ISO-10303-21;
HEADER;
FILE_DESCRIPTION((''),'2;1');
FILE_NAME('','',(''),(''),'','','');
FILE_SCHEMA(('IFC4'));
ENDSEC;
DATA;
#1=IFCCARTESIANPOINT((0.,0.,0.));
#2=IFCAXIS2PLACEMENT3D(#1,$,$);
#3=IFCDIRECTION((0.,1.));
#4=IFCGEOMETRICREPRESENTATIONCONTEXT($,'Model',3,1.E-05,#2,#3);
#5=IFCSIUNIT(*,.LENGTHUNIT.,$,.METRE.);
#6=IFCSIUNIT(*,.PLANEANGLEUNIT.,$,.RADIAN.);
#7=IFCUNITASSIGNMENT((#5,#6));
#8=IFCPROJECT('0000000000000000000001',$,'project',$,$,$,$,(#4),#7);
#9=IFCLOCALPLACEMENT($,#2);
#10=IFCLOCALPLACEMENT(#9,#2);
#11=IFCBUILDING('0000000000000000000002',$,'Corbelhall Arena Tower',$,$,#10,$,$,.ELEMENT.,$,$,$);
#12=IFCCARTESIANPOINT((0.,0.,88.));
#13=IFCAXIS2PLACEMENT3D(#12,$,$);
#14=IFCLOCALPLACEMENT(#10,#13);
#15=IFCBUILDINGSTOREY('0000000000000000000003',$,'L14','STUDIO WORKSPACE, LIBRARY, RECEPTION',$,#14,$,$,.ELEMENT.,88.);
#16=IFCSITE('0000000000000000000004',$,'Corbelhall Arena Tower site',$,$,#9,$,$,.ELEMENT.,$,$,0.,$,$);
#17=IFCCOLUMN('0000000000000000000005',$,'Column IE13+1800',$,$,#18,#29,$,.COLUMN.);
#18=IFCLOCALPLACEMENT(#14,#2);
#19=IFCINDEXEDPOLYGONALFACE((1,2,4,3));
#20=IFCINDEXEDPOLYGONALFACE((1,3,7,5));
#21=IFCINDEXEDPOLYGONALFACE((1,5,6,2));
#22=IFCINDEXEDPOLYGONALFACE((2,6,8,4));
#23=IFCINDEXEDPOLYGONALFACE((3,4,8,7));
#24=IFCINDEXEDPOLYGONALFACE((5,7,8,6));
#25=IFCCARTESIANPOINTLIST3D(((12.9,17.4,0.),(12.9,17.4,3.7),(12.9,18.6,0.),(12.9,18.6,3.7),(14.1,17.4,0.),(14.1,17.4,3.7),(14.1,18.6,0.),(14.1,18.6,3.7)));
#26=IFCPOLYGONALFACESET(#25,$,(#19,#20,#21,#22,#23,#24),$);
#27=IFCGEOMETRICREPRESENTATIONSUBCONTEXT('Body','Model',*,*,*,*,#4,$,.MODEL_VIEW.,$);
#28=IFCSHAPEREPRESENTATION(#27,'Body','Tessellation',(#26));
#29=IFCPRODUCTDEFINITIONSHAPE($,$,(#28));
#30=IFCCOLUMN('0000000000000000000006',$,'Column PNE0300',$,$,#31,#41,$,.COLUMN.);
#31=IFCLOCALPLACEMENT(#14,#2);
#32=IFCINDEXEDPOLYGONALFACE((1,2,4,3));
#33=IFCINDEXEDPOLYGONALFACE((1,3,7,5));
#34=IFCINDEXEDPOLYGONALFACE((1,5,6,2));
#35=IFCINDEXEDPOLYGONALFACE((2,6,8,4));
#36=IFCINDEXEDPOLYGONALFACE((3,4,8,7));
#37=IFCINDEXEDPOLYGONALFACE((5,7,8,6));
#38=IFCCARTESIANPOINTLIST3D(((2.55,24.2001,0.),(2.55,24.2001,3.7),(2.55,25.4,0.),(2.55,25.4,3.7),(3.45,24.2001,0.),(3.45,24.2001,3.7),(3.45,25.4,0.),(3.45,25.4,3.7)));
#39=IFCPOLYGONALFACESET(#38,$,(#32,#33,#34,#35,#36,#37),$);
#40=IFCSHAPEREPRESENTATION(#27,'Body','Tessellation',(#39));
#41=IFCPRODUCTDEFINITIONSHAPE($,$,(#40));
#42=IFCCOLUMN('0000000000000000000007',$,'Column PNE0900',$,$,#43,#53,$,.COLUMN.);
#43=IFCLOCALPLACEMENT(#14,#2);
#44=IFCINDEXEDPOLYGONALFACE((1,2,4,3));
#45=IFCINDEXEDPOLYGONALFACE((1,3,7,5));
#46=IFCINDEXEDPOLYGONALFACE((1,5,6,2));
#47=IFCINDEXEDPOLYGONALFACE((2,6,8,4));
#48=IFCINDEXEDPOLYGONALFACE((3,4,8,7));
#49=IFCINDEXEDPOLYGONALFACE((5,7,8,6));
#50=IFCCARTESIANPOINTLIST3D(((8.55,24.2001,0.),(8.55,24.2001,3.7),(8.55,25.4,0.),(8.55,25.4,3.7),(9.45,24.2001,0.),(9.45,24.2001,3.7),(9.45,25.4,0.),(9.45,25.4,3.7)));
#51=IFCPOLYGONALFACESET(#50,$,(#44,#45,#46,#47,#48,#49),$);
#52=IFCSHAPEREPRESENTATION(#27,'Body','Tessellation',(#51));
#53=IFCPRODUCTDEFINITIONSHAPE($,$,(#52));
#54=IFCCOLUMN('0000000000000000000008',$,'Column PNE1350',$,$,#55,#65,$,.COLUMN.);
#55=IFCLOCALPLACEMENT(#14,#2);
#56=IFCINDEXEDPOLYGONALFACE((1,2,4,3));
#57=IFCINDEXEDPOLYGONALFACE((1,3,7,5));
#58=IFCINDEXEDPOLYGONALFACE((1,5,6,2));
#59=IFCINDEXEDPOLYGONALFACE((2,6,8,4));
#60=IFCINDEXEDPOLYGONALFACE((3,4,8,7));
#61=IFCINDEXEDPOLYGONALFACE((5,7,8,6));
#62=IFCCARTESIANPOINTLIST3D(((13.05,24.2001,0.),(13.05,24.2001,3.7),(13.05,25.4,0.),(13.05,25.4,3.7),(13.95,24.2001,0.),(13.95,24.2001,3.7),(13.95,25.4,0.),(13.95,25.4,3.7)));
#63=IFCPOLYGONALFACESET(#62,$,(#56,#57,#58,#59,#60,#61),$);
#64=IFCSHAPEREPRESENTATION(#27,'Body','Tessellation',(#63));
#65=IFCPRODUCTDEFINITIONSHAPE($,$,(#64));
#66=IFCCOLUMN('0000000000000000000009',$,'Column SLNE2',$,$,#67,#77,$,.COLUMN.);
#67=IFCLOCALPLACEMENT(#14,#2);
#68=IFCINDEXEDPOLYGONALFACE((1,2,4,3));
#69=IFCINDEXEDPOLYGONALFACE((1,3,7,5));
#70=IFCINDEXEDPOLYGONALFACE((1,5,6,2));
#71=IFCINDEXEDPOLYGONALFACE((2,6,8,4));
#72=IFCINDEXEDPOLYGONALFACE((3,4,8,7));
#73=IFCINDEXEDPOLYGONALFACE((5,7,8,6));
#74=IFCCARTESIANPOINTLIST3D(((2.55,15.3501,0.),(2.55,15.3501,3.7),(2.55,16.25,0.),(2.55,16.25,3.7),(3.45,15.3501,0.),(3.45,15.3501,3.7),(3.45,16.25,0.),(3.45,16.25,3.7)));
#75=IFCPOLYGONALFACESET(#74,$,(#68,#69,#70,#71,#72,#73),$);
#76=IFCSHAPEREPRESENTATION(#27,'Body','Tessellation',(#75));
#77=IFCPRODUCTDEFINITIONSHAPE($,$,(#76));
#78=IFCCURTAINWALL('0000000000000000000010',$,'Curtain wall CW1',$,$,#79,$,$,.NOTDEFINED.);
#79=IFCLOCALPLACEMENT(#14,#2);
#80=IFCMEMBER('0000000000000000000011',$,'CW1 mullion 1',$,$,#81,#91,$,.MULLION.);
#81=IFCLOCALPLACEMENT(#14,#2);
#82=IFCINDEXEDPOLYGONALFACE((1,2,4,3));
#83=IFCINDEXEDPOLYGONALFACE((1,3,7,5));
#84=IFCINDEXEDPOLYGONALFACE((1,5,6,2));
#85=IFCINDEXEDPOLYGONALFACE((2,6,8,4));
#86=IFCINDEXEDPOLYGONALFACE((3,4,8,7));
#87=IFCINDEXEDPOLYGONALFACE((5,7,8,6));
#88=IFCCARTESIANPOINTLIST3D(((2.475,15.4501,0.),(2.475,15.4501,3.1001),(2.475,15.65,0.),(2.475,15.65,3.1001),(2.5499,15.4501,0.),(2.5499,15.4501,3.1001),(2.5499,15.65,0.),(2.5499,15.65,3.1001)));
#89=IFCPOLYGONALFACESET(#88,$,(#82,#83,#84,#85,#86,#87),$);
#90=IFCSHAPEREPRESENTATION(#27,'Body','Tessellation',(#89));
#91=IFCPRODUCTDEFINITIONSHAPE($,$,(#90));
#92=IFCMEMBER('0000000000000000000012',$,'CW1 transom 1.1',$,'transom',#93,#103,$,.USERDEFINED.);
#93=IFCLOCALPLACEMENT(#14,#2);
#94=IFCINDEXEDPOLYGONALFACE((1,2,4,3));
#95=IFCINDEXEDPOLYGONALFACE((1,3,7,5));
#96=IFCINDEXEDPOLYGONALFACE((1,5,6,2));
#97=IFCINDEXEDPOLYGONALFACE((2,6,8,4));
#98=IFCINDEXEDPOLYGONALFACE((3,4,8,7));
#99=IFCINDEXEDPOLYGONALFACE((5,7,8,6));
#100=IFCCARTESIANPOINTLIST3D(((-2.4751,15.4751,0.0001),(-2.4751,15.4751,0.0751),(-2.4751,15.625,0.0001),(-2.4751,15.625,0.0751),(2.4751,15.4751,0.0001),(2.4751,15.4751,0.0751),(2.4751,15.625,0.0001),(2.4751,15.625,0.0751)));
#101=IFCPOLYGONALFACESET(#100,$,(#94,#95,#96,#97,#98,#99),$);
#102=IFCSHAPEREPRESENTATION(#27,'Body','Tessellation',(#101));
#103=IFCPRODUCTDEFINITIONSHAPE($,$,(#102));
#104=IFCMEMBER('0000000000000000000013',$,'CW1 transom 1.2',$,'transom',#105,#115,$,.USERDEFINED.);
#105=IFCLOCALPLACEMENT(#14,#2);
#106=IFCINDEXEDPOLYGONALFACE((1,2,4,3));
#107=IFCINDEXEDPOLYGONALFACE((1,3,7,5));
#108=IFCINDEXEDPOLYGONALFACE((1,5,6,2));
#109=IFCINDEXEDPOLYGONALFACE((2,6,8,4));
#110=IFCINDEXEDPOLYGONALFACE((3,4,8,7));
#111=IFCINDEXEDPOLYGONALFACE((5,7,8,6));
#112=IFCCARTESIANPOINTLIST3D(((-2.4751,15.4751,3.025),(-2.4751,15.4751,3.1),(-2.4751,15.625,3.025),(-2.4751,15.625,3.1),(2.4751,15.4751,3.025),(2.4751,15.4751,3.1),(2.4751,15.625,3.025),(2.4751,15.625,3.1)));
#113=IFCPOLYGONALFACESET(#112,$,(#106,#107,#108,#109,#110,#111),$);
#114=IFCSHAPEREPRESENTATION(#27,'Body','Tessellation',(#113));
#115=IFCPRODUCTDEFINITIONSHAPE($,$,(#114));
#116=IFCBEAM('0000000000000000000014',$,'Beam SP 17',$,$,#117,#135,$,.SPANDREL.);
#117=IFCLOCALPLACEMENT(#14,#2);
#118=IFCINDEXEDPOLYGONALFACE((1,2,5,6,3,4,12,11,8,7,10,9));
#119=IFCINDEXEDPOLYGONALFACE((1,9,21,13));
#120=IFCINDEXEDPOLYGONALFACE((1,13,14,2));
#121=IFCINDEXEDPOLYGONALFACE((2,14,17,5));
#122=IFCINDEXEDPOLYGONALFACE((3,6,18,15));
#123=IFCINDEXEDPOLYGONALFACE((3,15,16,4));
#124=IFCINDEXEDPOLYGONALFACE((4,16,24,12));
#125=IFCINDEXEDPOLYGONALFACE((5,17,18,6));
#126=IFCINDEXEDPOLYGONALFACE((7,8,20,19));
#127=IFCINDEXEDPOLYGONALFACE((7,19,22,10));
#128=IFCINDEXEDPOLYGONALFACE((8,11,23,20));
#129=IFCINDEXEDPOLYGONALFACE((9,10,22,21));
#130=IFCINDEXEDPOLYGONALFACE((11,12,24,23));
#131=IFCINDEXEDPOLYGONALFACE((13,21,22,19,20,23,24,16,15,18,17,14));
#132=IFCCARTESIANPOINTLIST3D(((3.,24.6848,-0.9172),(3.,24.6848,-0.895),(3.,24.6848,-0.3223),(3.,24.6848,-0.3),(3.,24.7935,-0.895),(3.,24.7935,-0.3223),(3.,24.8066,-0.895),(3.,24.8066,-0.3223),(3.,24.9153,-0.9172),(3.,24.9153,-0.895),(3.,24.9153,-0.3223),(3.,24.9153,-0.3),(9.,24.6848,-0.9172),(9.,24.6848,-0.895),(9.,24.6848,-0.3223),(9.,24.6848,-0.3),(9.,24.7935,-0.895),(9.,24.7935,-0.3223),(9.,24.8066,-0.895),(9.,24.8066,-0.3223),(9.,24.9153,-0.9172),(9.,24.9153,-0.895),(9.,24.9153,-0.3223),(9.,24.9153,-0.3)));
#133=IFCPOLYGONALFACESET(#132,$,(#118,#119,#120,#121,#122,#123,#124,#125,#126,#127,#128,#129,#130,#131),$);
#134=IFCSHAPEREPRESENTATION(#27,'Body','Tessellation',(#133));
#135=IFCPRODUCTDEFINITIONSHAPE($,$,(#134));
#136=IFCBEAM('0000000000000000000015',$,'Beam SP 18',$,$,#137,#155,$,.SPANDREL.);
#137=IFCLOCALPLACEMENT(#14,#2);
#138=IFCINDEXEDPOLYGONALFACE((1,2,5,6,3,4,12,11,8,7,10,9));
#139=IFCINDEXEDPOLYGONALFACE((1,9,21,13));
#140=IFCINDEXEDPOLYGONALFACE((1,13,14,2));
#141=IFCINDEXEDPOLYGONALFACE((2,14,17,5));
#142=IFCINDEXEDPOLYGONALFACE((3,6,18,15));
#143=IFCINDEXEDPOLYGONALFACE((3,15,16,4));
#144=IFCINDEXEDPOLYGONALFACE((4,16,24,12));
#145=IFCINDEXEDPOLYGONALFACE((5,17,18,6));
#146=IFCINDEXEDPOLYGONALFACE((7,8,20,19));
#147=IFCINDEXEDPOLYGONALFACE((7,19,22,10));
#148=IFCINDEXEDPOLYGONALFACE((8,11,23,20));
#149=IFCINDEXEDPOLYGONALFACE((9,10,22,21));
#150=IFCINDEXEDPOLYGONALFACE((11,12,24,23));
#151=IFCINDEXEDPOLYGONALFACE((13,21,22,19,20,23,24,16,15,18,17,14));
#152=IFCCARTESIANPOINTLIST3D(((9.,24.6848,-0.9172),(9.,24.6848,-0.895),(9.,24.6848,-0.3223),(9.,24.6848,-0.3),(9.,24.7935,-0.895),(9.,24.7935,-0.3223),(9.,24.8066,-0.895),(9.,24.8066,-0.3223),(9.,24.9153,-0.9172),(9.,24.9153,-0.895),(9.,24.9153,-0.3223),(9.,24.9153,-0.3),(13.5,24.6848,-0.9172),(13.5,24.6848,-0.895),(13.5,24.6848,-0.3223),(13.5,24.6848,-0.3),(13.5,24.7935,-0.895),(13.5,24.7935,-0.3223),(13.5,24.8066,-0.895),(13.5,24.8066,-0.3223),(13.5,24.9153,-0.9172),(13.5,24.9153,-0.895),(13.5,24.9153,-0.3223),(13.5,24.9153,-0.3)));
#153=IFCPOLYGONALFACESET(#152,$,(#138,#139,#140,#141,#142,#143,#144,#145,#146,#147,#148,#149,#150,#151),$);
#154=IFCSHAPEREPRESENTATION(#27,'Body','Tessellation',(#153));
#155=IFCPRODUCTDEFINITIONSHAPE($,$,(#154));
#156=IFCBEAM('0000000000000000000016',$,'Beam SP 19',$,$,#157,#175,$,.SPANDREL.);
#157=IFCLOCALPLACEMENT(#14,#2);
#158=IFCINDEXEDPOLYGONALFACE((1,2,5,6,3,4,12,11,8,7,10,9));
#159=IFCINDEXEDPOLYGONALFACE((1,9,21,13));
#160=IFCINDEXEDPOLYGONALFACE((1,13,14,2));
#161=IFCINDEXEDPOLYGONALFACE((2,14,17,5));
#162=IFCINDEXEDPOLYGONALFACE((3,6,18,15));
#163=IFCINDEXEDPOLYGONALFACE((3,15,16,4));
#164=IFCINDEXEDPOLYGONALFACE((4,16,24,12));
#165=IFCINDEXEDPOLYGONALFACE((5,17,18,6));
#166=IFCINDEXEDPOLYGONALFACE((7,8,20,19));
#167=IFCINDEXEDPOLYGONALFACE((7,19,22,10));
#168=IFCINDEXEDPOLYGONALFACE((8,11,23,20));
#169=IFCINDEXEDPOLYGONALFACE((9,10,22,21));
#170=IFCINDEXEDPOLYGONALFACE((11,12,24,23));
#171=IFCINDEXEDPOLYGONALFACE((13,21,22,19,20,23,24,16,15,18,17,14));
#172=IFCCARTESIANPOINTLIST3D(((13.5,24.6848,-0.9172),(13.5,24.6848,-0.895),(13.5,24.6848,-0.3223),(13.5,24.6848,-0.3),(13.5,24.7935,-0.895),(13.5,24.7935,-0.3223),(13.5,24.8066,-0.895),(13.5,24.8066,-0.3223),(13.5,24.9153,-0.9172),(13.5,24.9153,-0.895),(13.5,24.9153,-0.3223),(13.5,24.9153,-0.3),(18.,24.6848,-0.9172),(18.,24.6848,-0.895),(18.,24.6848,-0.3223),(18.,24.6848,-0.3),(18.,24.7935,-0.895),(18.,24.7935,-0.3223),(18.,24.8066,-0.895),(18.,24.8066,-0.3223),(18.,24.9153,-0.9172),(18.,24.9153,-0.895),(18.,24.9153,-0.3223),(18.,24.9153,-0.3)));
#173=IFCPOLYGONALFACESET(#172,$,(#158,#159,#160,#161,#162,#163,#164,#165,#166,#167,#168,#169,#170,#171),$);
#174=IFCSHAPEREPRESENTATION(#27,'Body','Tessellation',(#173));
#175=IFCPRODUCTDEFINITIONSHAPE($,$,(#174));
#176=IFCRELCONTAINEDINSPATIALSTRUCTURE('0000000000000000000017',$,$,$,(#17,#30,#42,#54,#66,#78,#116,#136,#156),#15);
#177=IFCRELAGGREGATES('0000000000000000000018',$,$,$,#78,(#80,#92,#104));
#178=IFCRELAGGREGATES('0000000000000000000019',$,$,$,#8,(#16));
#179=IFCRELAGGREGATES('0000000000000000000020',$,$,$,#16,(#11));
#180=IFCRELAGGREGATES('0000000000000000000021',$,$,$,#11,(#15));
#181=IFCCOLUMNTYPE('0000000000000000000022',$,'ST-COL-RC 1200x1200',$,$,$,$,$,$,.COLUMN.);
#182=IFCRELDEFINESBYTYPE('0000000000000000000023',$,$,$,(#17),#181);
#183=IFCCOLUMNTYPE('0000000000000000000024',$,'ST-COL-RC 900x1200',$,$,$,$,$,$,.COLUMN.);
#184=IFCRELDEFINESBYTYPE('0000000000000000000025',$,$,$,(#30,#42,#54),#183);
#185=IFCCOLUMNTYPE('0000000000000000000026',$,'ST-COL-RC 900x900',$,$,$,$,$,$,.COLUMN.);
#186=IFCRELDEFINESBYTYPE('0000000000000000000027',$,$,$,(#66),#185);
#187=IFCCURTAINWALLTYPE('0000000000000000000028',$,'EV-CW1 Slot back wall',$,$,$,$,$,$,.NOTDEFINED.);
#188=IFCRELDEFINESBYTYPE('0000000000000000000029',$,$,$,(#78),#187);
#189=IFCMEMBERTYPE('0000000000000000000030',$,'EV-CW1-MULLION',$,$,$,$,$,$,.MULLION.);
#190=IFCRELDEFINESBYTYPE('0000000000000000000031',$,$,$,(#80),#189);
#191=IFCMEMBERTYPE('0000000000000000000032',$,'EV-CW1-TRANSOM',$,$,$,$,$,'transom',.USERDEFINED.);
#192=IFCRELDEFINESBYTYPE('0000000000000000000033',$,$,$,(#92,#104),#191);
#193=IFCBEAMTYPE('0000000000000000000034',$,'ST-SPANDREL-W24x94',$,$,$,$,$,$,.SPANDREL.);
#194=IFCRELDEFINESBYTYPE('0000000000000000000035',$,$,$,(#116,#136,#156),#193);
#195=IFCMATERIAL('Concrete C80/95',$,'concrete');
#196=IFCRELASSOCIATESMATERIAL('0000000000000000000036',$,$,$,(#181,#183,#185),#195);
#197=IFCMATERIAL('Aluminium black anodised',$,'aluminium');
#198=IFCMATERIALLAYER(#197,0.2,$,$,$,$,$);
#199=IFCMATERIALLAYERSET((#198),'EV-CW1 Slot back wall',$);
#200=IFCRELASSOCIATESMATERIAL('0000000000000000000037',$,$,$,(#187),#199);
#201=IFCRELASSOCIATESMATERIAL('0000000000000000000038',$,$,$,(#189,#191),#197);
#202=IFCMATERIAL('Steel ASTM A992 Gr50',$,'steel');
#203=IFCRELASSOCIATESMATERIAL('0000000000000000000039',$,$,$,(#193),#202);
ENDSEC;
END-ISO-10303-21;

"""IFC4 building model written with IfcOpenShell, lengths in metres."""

from ifc_helpers import new_model, si_unit, direction, frame, origin, origin_2d, place, context, subcontext, project, spatial, rectangle, i_section, extrude, material, layer, layer_set, material_profile, profile_set, type_object, element, aggregate, save


model = new_model("IFC4")

# Units and contexts
model_context = context("Model", 3, precision=1e-05, world=origin(), true_north=direction((0.0, 1.0)))
body_context = subcontext(model_context, "Body", "Model", "MODEL_VIEW")
ifc_project = project(units=[si_unit("LENGTHUNIT", "METRE"), si_unit("PLANEANGLEUNIT", "RADIAN")], contexts=[model_context])

# Site, building, storey
site_placement = place(None, origin())
site = spatial("IfcSite", under=ifc_project, at=site_placement, Name="Corbelhall Arena Tower site", CompositionType="ELEMENT", RefElevation=0.0)
building_placement = place(site_placement, origin())
building = spatial("IfcBuilding", under=site, at=building_placement, Name="Corbelhall Arena Tower", CompositionType="ELEMENT")
storey_placement = place(building_placement, frame((0.0, 0.0, 88.0)))
storey = spatial("IfcBuildingStorey", under=building, at=storey_placement, Name="L14", Description="STUDIO WORKSPACE, LIBRARY, RECEPTION", CompositionType="ELEMENT", Elevation=88.0)

# Columns
ifc_material_1 = material(Name="Concrete C80/95", Category="concrete")
ifc_material_profile_1 = material_profile(ifc_material_1, rectangle(XDim=1.2, YDim=1.2, at=origin_2d()))
ifc_profile_set_1 = profile_set([ifc_material_profile_1], Name="Concrete C80/95")
column_type_1 = type_object("IfcColumnType", Name="ST-COL-RC 1200x1200", PredefinedType="COLUMN", material=ifc_profile_set_1)
column_1_placement = place(storey_placement, frame((13.5, 18.0, 0.0), z_axis=(0.0, 0.0, 1.0), x_axis=(1.0, 0.0, 0.0)))
element("IfcColumn", 1, at=column_1_placement, inside=storey, type_object=column_type_1, Name="Column IE13+1800", PredefinedType="COLUMN", context=body_context, shape_type="SweptSolid", body=[
    extrude(rectangle(XDim=1.2, YDim=1.2, at=origin_2d()), origin(), (0.0, 0.0, 1.0), 3.7),
])
ifc_material_profile_2 = material_profile(ifc_material_1, rectangle(XDim=0.8999, YDim=1.2, at=origin_2d()))
ifc_profile_set_2 = profile_set([ifc_material_profile_2], Name="Concrete C80/95")
column_type_2 = type_object("IfcColumnType", Name="ST-COL-RC 900x1200", PredefinedType="COLUMN", material=ifc_profile_set_2)
for number, where, z_axis, x_axis, name in (
    (2, (3.0, 24.8, 0.0), (0.0, 0.0, 1.0), (1.0, 0.0, 0.0), "Column PNE0300"),
    (3, (9.0, 24.8, 0.0), (0.0, 0.0, 1.0), (1.0, 0.0, 0.0), "Column PNE0900"),
    (4, (13.5, 24.8, 0.0), (0.0, 0.0, 1.0), (1.0, 0.0, 0.0), "Column PNE1350"),
):
    element("IfcColumn", number, at=place(storey_placement, frame(where, z_axis=z_axis, x_axis=x_axis)), inside=storey, type_object=column_type_2, Name=name, PredefinedType="COLUMN", context=body_context, shape_type="SweptSolid", body=[
        extrude(rectangle(XDim=0.8999, YDim=1.2, at=origin_2d()), origin(), (0.0, 0.0, 1.0), 3.7),
    ])
ifc_material_profile_3 = material_profile(ifc_material_1, rectangle(XDim=0.8999, YDim=0.8999, at=origin_2d()))
ifc_profile_set_3 = profile_set([ifc_material_profile_3], Name="Concrete C80/95")
column_type_3 = type_object("IfcColumnType", Name="ST-COL-RC 900x900", PredefinedType="COLUMN", material=ifc_profile_set_3)
column_2_placement = place(storey_placement, frame((3.0, 15.8, 0.0), z_axis=(0.0, 0.0, 1.0), x_axis=(1.0, 0.0, 0.0)))
element("IfcColumn", 5, at=column_2_placement, inside=storey, type_object=column_type_3, Name="Column SLNE2", PredefinedType="COLUMN", context=body_context, shape_type="SweptSolid", body=[
    extrude(rectangle(XDim=0.8999, YDim=0.8999, at=origin_2d()), origin(), (0.0, 0.0, 1.0), 3.7),
])

# Curtain wall, members
ifc_material_2 = material(Name="Aluminium black anodised", Category="aluminium")
ifc_layer_1 = layer(ifc_material_2, 0.2)
ifc_layer_set_1 = layer_set([ifc_layer_1], Name="EV-CW1 Slot back wall")
curtain_wall_type = type_object("IfcCurtainWallType", Name="EV-CW1 Slot back wall", PredefinedType="NOTDEFINED", material=ifc_layer_set_1)
curtain_wall_placement = place(storey_placement, origin())
curtain_wall = element("IfcCurtainWall", 6, at=curtain_wall_placement, inside=storey, type_object=curtain_wall_type, Name="Curtain wall CW1", PredefinedType="NOTDEFINED")
ifc_material_profile_4 = material_profile(ifc_material_2, rectangle(XDim=0.2, YDim=0.075, at=origin_2d()))
ifc_profile_set_4 = profile_set([ifc_material_profile_4], Name="Aluminium black anodised")
member_type_1 = type_object("IfcMemberType", Name="EV-CW1-MULLION", PredefinedType="MULLION", material=ifc_profile_set_4)
member_1_placement = place(storey_placement, frame((2.5125, 15.55, 0.0), z_axis=(0.0, 0.0, 1.0), x_axis=(0.0, -1.0, 0.0)))
member_1 = element("IfcMember", 7, at=member_1_placement, type_object=member_type_1, Name="CW1 mullion 1", PredefinedType="MULLION", context=body_context, shape_type="SweptSolid", body=[
    extrude(rectangle(XDim=0.2, YDim=0.075, at=origin_2d()), origin(), (0.0, 0.0, 1.0), 3.1001),
])
ifc_material_profile_5 = material_profile(ifc_material_2, rectangle(XDim=0.1499, YDim=0.075, at=origin_2d()))
ifc_profile_set_5 = profile_set([ifc_material_profile_5], Name="Aluminium black anodised")
member_type_2 = type_object("IfcMemberType", Name="EV-CW1-TRANSOM", ElementType="transom", PredefinedType="USERDEFINED", material=ifc_profile_set_5)
member_2_placement = place(storey_placement, frame((2.4751, 15.55, 0.0376), z_axis=(-1.0, 0.0, 0.0), x_axis=(0.0, -1.0, 0.0)))
member_2 = element("IfcMember", 8, at=member_2_placement, type_object=member_type_2, Name="CW1 transom 1.1", ObjectType="transom", PredefinedType="USERDEFINED", context=body_context, shape_type="SweptSolid", body=[
    extrude(rectangle(XDim=0.1499, YDim=0.075, at=origin_2d()), origin(), (0.0, 0.0, 1.0), 4.9502),
])
member_3_placement = place(storey_placement, frame((2.4751, 15.55, 3.0625), z_axis=(-1.0, 0.0, 0.0), x_axis=(0.0, -1.0, 0.0)))
member_3 = element("IfcMember", 9, at=member_3_placement, type_object=member_type_2, Name="CW1 transom 1.2", ObjectType="transom", PredefinedType="USERDEFINED", context=body_context, shape_type="SweptSolid", body=[
    extrude(rectangle(XDim=0.1499, YDim=0.075, at=origin_2d()), origin(), (0.0, 0.0, 1.0), 4.9502),
])

# Beams
ifc_material_3 = material(Name="Steel ASTM A992 Gr50", Category="steel")
ifc_material_profile_6 = material_profile(ifc_material_3, i_section(OverallWidth=0.2305, OverallDepth=0.6172, WebThickness=0.0132, FlangeThickness=0.0222, at=origin_2d()))
ifc_profile_set_6 = profile_set([ifc_material_profile_6], Name="Steel ASTM A992 Gr50")
beam_type_1 = type_object("IfcBeamType", Name="ST-SPANDREL-W24x94", PredefinedType="SPANDREL", material=ifc_profile_set_6)
beam_1_placement = place(storey_placement, frame((3.0, 24.8, -0.6086), z_axis=(1.0, 0.0, 0.0), x_axis=(0.0, 1.0, 0.0)))
element("IfcBeam", 10, at=beam_1_placement, inside=storey, type_object=beam_type_1, Name="Beam SP 17", PredefinedType="SPANDREL", context=body_context, shape_type="SweptSolid", body=[
    extrude(i_section(OverallWidth=0.2305, OverallDepth=0.6172, WebThickness=0.0132, FlangeThickness=0.0222, at=origin_2d()), origin(), (0.0, 0.0, 1.0), 6.0),
])
for number, where, z_axis, x_axis, name in (
    (11, (9.0, 24.8, -0.6086), (1.0, 0.0, 0.0), (0.0, 1.0, 0.0), "Beam SP 18"),
    (12, (13.5, 24.8, -0.6086), (1.0, 0.0, 0.0), (0.0, 1.0, 0.0), "Beam SP 19"),
):
    element("IfcBeam", number, at=place(storey_placement, frame(where, z_axis=z_axis, x_axis=x_axis)), inside=storey, type_object=beam_type_1, Name=name, PredefinedType="SPANDREL", context=body_context, shape_type="SweptSolid", body=[
        extrude(i_section(OverallWidth=0.2305, OverallDepth=0.6172, WebThickness=0.0132, FlangeThickness=0.0222, at=origin_2d()), origin(), (0.0, 0.0, 1.0), 4.5),
    ])

aggregate(curtain_wall, [member_1, member_2, member_3])

save(model, "model.ifc")
